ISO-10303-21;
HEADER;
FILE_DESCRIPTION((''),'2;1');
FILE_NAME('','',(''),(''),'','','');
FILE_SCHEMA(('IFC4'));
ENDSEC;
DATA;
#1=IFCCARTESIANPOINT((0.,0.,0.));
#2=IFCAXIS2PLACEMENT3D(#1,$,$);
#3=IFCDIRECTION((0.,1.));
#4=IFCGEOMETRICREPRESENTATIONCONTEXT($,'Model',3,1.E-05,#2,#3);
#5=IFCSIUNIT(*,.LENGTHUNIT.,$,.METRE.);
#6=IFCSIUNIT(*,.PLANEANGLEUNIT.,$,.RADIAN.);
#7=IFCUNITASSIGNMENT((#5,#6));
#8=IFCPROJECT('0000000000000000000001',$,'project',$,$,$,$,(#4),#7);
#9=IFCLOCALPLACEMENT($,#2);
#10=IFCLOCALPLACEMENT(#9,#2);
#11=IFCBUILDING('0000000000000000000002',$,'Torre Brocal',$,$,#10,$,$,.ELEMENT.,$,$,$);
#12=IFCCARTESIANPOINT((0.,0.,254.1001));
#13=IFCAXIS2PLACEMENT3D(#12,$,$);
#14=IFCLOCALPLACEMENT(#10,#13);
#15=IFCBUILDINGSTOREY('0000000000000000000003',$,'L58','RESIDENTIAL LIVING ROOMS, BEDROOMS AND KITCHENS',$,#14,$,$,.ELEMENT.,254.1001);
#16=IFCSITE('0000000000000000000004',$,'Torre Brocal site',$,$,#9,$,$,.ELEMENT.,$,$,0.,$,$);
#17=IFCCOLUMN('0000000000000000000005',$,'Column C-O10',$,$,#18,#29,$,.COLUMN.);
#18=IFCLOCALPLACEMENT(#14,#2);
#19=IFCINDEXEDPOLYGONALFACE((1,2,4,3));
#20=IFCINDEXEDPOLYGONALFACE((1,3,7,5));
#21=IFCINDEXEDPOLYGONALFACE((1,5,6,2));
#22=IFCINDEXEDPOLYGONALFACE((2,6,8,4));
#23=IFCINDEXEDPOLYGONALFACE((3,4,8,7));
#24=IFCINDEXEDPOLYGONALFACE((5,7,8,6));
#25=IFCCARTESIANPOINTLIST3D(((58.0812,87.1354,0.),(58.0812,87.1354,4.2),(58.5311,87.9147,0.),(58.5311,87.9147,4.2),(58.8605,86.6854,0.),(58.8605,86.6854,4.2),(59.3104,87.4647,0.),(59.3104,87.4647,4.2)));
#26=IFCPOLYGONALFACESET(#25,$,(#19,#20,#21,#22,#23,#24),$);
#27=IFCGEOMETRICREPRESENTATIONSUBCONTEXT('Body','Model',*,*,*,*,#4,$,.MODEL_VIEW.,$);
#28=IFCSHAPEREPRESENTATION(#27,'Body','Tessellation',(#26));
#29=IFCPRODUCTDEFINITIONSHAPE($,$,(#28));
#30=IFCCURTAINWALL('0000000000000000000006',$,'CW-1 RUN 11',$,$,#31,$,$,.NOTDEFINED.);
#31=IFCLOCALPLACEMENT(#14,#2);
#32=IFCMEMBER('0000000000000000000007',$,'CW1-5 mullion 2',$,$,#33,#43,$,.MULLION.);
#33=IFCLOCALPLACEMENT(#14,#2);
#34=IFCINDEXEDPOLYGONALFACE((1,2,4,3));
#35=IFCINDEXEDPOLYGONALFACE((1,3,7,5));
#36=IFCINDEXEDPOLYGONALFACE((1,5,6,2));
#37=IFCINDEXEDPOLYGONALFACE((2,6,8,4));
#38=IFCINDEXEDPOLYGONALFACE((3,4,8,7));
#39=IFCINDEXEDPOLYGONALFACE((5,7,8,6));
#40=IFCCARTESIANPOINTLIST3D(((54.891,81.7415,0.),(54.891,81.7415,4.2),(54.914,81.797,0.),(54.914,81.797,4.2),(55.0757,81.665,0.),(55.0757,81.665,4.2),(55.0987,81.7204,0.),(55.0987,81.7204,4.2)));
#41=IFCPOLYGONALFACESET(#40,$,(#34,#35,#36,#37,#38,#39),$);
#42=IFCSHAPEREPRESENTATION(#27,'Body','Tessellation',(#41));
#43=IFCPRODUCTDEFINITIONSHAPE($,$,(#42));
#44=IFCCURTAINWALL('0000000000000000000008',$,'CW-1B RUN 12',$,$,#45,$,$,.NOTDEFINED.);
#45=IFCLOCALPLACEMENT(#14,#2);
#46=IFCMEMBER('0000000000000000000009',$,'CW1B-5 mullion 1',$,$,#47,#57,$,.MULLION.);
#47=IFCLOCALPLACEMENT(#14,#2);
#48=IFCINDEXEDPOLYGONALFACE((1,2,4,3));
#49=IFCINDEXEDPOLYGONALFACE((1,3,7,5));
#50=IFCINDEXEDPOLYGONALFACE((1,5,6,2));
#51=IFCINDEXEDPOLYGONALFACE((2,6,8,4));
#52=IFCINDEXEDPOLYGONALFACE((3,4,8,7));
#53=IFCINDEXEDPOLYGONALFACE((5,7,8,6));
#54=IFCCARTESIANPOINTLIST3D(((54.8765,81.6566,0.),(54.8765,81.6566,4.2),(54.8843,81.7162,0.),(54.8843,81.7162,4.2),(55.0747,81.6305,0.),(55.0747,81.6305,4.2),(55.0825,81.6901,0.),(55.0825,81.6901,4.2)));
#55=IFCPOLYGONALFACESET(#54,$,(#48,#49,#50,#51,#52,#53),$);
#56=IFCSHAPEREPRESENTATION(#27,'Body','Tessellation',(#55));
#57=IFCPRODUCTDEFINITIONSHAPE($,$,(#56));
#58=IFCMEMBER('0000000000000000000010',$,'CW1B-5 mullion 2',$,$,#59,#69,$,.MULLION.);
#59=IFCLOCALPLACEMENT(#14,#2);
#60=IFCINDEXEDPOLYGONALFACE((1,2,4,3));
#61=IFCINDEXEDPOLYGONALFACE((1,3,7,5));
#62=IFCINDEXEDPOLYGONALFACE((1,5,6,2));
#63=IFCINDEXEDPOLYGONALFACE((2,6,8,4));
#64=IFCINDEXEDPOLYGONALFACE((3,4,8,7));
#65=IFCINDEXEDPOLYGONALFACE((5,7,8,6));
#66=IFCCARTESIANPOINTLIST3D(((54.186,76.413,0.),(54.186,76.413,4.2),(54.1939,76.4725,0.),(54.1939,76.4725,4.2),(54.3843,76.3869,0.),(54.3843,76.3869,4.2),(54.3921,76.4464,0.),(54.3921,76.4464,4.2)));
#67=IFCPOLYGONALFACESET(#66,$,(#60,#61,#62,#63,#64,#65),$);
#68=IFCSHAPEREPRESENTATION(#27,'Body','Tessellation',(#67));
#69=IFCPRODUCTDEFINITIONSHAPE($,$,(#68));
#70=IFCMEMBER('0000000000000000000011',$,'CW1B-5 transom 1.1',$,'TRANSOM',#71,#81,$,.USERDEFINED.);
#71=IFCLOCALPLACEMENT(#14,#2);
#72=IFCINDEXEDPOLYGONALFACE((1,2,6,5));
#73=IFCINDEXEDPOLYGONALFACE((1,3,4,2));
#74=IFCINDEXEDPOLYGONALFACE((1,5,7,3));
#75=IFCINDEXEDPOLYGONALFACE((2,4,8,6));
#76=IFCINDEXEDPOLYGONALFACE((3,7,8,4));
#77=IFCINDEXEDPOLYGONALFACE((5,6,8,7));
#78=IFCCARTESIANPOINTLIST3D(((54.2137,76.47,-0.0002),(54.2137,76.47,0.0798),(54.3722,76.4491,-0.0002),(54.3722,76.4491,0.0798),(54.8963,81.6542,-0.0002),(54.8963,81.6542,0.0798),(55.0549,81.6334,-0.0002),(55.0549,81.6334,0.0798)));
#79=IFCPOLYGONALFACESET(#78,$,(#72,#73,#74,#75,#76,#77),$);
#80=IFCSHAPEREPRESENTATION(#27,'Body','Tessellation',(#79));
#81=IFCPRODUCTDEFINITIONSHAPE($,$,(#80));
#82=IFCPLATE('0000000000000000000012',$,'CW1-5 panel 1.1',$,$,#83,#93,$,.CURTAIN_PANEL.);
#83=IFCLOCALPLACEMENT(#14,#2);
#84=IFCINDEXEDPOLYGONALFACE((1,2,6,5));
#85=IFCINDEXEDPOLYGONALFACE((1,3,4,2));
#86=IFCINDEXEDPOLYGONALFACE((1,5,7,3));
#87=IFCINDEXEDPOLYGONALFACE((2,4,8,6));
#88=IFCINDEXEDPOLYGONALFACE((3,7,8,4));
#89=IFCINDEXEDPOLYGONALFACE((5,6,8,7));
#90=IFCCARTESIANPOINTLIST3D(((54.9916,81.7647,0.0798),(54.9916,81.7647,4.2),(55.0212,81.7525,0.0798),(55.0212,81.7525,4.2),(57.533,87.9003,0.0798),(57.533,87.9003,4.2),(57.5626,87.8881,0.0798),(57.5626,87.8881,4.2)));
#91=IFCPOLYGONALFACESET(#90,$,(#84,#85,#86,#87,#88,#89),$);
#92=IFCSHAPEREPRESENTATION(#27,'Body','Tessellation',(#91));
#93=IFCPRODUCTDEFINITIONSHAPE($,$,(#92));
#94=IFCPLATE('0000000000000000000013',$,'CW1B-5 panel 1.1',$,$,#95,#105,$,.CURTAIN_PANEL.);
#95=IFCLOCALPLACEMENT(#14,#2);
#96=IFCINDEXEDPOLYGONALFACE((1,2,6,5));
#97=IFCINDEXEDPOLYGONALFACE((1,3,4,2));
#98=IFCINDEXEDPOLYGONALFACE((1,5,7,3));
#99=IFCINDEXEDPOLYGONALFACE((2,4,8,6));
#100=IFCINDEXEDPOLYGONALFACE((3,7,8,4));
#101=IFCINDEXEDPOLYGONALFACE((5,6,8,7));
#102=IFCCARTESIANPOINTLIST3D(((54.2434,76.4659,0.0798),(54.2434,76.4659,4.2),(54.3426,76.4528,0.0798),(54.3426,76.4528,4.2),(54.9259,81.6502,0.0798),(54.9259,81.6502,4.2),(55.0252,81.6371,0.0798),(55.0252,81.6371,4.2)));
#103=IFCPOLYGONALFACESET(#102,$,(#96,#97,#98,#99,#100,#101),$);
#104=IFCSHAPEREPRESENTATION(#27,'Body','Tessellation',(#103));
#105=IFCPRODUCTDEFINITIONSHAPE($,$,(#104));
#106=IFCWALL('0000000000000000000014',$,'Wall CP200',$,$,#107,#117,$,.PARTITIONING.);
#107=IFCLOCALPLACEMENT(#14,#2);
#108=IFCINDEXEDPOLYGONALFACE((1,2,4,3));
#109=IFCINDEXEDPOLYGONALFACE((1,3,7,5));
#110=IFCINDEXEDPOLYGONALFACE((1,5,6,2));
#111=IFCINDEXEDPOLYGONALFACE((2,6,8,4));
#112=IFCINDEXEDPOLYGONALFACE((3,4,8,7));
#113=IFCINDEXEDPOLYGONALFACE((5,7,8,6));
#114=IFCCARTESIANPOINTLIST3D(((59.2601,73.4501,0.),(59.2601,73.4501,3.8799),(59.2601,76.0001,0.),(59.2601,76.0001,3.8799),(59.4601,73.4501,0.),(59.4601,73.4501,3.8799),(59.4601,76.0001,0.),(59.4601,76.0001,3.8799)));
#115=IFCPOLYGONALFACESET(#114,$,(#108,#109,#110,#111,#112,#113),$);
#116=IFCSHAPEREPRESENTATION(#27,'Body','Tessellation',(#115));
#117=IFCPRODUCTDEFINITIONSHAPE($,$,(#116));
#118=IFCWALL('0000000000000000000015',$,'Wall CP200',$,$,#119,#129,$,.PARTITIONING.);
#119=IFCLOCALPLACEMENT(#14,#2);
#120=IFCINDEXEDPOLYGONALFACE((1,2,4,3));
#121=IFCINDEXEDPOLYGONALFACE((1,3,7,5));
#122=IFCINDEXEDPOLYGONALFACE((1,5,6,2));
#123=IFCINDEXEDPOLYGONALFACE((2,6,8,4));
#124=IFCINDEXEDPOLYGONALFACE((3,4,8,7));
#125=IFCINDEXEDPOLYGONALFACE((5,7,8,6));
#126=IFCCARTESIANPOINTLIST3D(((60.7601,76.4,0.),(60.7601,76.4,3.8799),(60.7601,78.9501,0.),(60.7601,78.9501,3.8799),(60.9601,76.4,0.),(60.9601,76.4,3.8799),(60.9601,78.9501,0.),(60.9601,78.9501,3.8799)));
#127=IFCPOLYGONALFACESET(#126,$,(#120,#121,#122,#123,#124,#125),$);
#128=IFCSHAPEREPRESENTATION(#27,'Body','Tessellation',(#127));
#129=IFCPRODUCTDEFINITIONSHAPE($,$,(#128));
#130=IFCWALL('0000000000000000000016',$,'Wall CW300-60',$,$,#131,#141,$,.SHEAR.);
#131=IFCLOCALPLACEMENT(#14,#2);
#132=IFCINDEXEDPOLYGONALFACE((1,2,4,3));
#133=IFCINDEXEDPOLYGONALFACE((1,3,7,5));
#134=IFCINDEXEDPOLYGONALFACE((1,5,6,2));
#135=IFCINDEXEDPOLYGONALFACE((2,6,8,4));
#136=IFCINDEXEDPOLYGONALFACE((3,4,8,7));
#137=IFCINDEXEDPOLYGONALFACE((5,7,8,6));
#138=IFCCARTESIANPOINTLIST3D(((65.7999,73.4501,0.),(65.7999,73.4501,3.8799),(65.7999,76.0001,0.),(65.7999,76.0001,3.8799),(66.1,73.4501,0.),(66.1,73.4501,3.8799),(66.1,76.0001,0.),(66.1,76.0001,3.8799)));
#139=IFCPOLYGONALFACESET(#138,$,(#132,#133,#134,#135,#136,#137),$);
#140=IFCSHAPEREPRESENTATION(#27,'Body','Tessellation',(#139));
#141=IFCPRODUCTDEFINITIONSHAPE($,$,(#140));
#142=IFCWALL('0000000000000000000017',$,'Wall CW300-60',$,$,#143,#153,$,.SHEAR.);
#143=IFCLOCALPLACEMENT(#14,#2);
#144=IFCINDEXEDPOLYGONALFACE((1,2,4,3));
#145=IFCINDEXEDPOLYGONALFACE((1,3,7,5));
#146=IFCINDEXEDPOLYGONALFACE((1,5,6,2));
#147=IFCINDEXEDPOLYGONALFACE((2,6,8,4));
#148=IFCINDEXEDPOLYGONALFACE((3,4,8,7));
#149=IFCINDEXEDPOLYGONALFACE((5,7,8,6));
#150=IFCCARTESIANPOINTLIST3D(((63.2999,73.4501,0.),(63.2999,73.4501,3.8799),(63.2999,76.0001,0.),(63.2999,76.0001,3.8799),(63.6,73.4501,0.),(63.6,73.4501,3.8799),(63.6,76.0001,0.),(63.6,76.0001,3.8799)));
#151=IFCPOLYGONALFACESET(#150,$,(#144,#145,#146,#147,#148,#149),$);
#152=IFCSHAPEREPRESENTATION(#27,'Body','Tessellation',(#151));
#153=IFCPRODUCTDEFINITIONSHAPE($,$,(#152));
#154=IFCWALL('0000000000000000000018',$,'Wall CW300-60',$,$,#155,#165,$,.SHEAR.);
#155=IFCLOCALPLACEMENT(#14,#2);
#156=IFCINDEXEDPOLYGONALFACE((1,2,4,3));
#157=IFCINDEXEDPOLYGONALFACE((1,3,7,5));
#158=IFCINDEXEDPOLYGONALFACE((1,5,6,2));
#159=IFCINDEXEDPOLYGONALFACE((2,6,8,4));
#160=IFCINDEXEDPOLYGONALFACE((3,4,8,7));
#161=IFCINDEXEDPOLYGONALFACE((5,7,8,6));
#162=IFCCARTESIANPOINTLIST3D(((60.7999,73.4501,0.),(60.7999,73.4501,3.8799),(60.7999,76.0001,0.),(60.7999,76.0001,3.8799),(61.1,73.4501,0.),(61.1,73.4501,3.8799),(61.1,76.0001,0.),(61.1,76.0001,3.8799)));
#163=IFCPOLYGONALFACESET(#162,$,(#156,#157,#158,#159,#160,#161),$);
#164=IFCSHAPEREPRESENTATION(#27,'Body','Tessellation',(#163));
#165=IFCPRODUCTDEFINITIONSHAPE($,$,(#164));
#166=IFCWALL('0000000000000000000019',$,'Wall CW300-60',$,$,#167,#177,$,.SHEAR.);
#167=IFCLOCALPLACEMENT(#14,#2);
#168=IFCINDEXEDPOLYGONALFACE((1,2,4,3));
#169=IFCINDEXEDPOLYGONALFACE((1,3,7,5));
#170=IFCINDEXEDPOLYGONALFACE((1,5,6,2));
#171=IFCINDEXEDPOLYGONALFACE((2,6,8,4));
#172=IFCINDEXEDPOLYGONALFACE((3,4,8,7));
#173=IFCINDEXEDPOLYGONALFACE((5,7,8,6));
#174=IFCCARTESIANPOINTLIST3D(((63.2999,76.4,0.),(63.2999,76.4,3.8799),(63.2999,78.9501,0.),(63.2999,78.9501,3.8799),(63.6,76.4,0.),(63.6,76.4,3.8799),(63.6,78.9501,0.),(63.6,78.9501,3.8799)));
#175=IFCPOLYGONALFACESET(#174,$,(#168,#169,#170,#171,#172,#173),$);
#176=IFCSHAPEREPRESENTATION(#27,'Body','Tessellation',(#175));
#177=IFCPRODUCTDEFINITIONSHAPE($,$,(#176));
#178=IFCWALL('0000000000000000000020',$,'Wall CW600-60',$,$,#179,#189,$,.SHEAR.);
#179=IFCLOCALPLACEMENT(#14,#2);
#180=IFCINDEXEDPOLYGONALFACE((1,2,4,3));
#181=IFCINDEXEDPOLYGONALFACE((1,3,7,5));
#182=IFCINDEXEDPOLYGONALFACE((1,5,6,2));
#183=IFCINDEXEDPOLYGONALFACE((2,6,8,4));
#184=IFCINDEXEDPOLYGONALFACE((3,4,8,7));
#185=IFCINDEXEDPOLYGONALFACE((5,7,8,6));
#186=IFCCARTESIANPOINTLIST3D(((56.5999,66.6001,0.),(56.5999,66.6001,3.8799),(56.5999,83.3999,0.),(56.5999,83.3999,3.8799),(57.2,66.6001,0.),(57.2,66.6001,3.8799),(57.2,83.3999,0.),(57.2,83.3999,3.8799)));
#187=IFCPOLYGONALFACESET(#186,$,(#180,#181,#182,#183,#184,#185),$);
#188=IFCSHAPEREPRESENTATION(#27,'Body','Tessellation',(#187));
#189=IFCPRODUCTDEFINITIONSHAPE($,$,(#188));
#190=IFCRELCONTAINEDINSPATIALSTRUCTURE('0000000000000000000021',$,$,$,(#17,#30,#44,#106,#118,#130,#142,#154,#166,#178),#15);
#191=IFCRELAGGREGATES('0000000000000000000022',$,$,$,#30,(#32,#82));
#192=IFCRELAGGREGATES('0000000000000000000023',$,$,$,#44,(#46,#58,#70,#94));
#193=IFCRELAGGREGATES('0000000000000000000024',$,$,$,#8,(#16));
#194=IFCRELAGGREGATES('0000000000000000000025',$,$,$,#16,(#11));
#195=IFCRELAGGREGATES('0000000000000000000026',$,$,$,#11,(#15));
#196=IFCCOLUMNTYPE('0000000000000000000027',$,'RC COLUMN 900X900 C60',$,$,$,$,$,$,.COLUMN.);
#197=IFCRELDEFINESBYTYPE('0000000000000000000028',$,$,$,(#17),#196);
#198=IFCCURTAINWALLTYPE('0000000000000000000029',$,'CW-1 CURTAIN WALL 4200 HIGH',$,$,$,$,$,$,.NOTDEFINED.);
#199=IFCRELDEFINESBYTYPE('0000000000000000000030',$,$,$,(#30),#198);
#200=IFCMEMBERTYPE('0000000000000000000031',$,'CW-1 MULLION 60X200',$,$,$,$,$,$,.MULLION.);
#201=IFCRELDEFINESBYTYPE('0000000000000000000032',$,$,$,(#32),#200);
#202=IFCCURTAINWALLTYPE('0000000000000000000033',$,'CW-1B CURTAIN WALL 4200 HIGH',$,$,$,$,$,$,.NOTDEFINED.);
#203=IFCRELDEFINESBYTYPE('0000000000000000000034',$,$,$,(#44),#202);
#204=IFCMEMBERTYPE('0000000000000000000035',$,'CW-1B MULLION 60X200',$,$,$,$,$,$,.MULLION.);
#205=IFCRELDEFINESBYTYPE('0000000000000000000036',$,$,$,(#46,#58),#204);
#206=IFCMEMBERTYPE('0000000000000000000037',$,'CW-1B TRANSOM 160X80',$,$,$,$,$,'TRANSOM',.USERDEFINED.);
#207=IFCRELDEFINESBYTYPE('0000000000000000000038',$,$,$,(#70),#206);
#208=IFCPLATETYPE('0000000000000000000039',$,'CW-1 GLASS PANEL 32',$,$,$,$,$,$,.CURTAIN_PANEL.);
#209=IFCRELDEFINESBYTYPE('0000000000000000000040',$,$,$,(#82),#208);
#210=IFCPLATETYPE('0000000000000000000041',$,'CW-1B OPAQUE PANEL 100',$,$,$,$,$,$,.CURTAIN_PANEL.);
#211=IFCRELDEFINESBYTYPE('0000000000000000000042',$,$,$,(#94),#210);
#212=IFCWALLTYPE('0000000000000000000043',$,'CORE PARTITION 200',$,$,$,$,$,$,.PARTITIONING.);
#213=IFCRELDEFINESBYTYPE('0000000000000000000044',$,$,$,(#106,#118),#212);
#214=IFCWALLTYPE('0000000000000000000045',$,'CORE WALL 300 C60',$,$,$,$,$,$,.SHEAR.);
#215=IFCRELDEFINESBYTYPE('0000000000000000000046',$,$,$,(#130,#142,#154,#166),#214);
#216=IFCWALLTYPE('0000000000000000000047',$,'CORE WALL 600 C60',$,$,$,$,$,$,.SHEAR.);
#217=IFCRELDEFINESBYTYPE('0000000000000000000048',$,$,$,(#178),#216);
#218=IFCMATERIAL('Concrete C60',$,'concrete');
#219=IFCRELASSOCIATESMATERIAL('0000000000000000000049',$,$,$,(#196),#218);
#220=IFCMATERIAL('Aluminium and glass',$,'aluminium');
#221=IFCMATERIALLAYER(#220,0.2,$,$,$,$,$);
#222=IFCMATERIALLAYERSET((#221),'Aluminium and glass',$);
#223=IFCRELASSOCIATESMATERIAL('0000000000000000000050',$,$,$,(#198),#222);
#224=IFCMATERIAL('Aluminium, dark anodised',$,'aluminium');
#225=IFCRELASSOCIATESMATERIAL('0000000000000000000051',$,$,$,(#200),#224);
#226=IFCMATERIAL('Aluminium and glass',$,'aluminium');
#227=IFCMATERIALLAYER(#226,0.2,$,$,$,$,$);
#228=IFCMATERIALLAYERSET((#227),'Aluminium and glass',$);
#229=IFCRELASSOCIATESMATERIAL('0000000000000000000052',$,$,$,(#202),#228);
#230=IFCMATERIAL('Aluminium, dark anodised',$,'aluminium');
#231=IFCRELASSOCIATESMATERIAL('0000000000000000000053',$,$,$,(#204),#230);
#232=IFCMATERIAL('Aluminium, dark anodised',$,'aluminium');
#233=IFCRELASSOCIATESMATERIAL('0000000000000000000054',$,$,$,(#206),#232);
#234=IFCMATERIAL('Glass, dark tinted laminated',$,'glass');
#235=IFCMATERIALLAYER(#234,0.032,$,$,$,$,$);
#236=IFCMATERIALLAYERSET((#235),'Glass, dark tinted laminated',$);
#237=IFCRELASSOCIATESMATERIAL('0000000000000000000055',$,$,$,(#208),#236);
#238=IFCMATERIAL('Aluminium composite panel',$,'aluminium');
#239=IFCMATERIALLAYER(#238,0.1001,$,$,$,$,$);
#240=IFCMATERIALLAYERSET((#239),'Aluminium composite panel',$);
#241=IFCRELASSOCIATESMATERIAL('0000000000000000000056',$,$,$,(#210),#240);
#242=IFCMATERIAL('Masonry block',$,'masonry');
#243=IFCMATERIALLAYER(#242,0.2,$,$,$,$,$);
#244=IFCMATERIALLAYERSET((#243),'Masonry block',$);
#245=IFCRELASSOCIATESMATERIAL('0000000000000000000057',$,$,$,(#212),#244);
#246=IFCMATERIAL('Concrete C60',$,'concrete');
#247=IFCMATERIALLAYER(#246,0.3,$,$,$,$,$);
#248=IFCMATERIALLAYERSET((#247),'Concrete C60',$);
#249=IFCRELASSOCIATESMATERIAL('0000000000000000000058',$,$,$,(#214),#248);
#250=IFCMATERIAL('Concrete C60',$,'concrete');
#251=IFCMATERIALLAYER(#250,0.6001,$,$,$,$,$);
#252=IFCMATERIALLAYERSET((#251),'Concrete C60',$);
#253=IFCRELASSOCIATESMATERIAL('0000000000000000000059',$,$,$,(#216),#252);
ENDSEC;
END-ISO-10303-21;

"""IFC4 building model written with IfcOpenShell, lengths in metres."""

from ifc_helpers import new_model, si_unit, direction, frame, frame_2d, origin, origin_2d, place, context, subcontext, project, spatial, rectangle, extrude, material, layer, layer_set, material_profile, profile_set, type_object, element, aggregate, save


model = new_model("IFC4")

# Units and contexts
model_context = context("Model", 3, precision=1e-05, world=origin(), true_north=direction((0.0, 1.0)))
body_context = subcontext(model_context, "Body", "Model", "MODEL_VIEW")
ifc_project = project(units=[si_unit("LENGTHUNIT", "METRE"), si_unit("PLANEANGLEUNIT", "RADIAN")], contexts=[model_context])

# Site, building, storey
site_placement = place(None, origin())
site = spatial("IfcSite", under=ifc_project, at=site_placement, Name="Torre Brocal site", CompositionType="ELEMENT", RefElevation=0.0)
building_placement = place(site_placement, origin())
building = spatial("IfcBuilding", under=site, at=building_placement, Name="Torre Brocal", CompositionType="ELEMENT")
storey_placement = place(building_placement, frame((0.0, 0.0, 254.1001)))
storey = spatial("IfcBuildingStorey", under=building, at=storey_placement, Name="L58", Description="RESIDENTIAL LIVING ROOMS, BEDROOMS AND KITCHENS", CompositionType="ELEMENT", Elevation=254.1001)

# Column
ifc_material_1 = material(Name="Concrete C60", Category="concrete")
ifc_material_profile_1 = material_profile(ifc_material_1, rectangle(XDim=0.8999, YDim=0.8999, at=origin_2d()), Name="RC 900X900")
ifc_profile_set_1 = profile_set([ifc_material_profile_1], Name="Concrete C60")
column_type = type_object("IfcColumnType", Name="RC COLUMN 900X900 C60", PredefinedType="COLUMN", material=ifc_profile_set_1)
column_placement = place(storey_placement, frame((58.6958, 87.3, 0.0), z_axis=(0.0, 0.0, 1.0), x_axis=(-0.866025, 0.5, 0.0)))
element("IfcColumn", 1, at=column_placement, inside=storey, type_object=column_type, Name="Column C-O10", PredefinedType="COLUMN", context=body_context, shape_type="SweptSolid", body=[
    extrude(rectangle(XDim=0.8999, YDim=0.8999, at=origin_2d()), origin(), (0.0, 0.0, 1.0), 4.2),
])

# Curtain wall, member
ifc_material_2 = material(Name="Aluminium and glass", Category="aluminium")
ifc_layer_1 = layer(ifc_material_2, 0.2)
ifc_layer_set_1 = layer_set([ifc_layer_1], Name="Aluminium and glass")
curtain_wall_type_1 = type_object("IfcCurtainWallType", Name="CW-1 CURTAIN WALL 4200 HIGH", PredefinedType="NOTDEFINED", material=ifc_layer_set_1)
curtain_wall_1_placement = place(storey_placement, origin())
curtain_wall_1 = element("IfcCurtainWall", 2, at=curtain_wall_1_placement, inside=storey, type_object=curtain_wall_type_1, Name="CW-1 RUN 11", PredefinedType="NOTDEFINED")
ifc_material_3 = material(Name="Aluminium, dark anodised", Category="aluminium")
ifc_material_profile_2 = material_profile(ifc_material_3, rectangle(XDim=0.2, YDim=0.0601, at=origin_2d()), Name="CW-1 MULLION 60X200")
ifc_profile_set_2 = profile_set([ifc_material_profile_2], Name="Aluminium, dark anodised")
member_type_1 = type_object("IfcMemberType", Name="CW-1 MULLION 60X200", PredefinedType="MULLION", material=ifc_profile_set_2)
member_1_placement = place(storey_placement, frame((54.9949, 81.731, 0.0), z_axis=(0.0, 0.0, 1.0), x_axis=(0.92388, -0.382683, 0.0)))
member_1 = element("IfcMember", 3, at=member_1_placement, type_object=member_type_1, Name="CW1-5 mullion 2", PredefinedType="MULLION", context=body_context, shape_type="SweptSolid", body=[
    extrude(rectangle(XDim=0.2, YDim=0.0601, at=origin_2d()), origin(), (0.0, 0.0, 1.0), 4.2),
])

# Curtain wall, members
ifc_material_4 = material(Name="Aluminium and glass", Category="aluminium")
ifc_layer_2 = layer(ifc_material_4, 0.2)
ifc_layer_set_2 = layer_set([ifc_layer_2], Name="Aluminium and glass")
curtain_wall_type_2 = type_object("IfcCurtainWallType", Name="CW-1B CURTAIN WALL 4200 HIGH", PredefinedType="NOTDEFINED", material=ifc_layer_set_2)
curtain_wall_2_placement = place(storey_placement, origin())
curtain_wall_2 = element("IfcCurtainWall", 4, at=curtain_wall_2_placement, inside=storey, type_object=curtain_wall_type_2, Name="CW-1B RUN 12", PredefinedType="NOTDEFINED")
ifc_material_5 = material(Name="Aluminium, dark anodised", Category="aluminium")
ifc_material_profile_3 = material_profile(ifc_material_5, rectangle(XDim=0.2, YDim=0.0601, at=origin_2d()), Name="CW-1B MULLION 60X200")
ifc_profile_set_3 = profile_set([ifc_material_profile_3], Name="Aluminium, dark anodised")
member_type_2 = type_object("IfcMemberType", Name="CW-1B MULLION 60X200", PredefinedType="MULLION", material=ifc_profile_set_3)
member_2_placement = place(storey_placement, frame((54.9795, 81.6733, 0.0), z_axis=(0.0, 0.0, 1.0), x_axis=(0.991445, -0.130526, 0.0)))
member_2 = element("IfcMember", 5, at=member_2_placement, type_object=member_type_2, Name="CW1B-5 mullion 1", PredefinedType="MULLION", context=body_context, shape_type="SweptSolid", body=[
    extrude(rectangle(XDim=0.2, YDim=0.0601, at=origin_2d()), origin(), (0.0, 0.0, 1.0), 4.2),
])
member_3_placement = place(storey_placement, frame((54.2891, 76.4297, 0.0), z_axis=(0.0, 0.0, 1.0), x_axis=(0.991445, -0.130526, 0.0)))
member_3 = element("IfcMember", 6, at=member_3_placement, type_object=member_type_2, Name="CW1B-5 mullion 2", PredefinedType="MULLION", context=body_context, shape_type="SweptSolid", body=[
    extrude(rectangle(XDim=0.2, YDim=0.0601, at=origin_2d()), origin(), (0.0, 0.0, 1.0), 4.2),
])
ifc_material_6 = material(Name="Aluminium, dark anodised", Category="aluminium")
ifc_material_profile_4 = material_profile(ifc_material_6, rectangle(XDim=0.1599, YDim=0.0801, at=origin_2d()), Name="CW-1B TRANSOM 160X80")
ifc_profile_set_4 = profile_set([ifc_material_profile_4], Name="Aluminium, dark anodised")
member_type_3 = type_object("IfcMemberType", Name="CW-1B TRANSOM 160X80", ElementType="TRANSOM", PredefinedType="USERDEFINED", material=ifc_profile_set_4)
member_4_placement = place(storey_placement, frame((54.9756, 81.6438, 0.0398), z_axis=(-0.130543, -0.991443, 0.0), x_axis=(0.991443, -0.130543, 0.0)))
member_4 = element("IfcMember", 7, at=member_4_placement, type_object=member_type_3, Name="CW1B-5 transom 1.1", ObjectType="TRANSOM", PredefinedType="USERDEFINED", context=body_context, shape_type="SweptSolid", body=[
    extrude(rectangle(XDim=0.1599, YDim=0.0801, at=origin_2d()), origin(), (0.0, 0.0, 1.0), 5.229),
])

# Plates
ifc_material_7 = material(Name="Glass, dark tinted laminated", Category="glass")
ifc_layer_3 = layer(ifc_material_7, 0.032)
ifc_layer_set_3 = layer_set([ifc_layer_3], Name="Glass, dark tinted laminated")
plate_type_1 = type_object("IfcPlateType", Name="CW-1 GLASS PANEL 32", PredefinedType="CURTAIN_PANEL", material=ifc_layer_set_3)
plate_1_placement = place(storey_placement, frame((56.2771, 84.8264, 0.0798), z_axis=(0.0, 0.0, 1.0), x_axis=(-0.382683, -0.92388, 0.0)))
plate_1 = element("IfcPlate", 8, at=plate_1_placement, type_object=plate_type_1, Name="CW1-5 panel 1.1", PredefinedType="CURTAIN_PANEL", context=body_context, shape_type="SweptSolid", body=[
    extrude(rectangle(XDim=6.6411, YDim=0.032, at=origin_2d()), origin(), (0.0, 0.0, 1.0), 4.1201),
])
aggregate(curtain_wall_1, [member_1, plate_1])
ifc_material_8 = material(Name="Aluminium composite panel", Category="aluminium")
ifc_layer_4 = layer(ifc_material_8, 0.1001)
ifc_layer_set_4 = layer_set([ifc_layer_4], Name="Aluminium composite panel")
plate_type_2 = type_object("IfcPlateType", Name="CW-1B OPAQUE PANEL 100", PredefinedType="CURTAIN_PANEL", material=ifc_layer_set_4)
plate_2_placement = place(storey_placement, frame((54.6343, 79.0515, 0.0798), z_axis=(0.0, 0.0, 1.0), x_axis=(-0.130526, -0.991445, 0.0)))
plate_2 = element("IfcPlate", 9, at=plate_2_placement, type_object=plate_type_2, Name="CW1B-5 panel 1.1", PredefinedType="CURTAIN_PANEL", context=body_context, shape_type="SweptSolid", body=[
    extrude(rectangle(XDim=5.229, YDim=0.1001, at=origin_2d()), origin(), (0.0, 0.0, 1.0), 4.1201),
])
aggregate(curtain_wall_2, [member_2, member_3, member_4, plate_2])

# Walls
ifc_material_9 = material(Name="Masonry block", Category="masonry")
ifc_layer_5 = layer(ifc_material_9, 0.2)
ifc_layer_set_5 = layer_set([ifc_layer_5], Name="Masonry block")
wall_type_1 = type_object("IfcWallType", Name="CORE PARTITION 200", PredefinedType="PARTITIONING", material=ifc_layer_set_5)
for number, where, z_axis, x_axis, name in (
    (10, (59.3601, 76.0, 0.0), (0.0, 0.0, 1.0), (0.0, -1.0, 0.0), "Wall CP200"),
    (11, (60.8601, 78.95, 0.0), (0.0, 0.0, 1.0), (0.0, -1.0, 0.0), "Wall CP200"),
):
    element("IfcWall", number, at=place(storey_placement, frame(where, z_axis=z_axis, x_axis=x_axis)), inside=storey, type_object=wall_type_1, Name=name, PredefinedType="PARTITIONING", context=body_context, shape_type="SweptSolid", body=[
        extrude(rectangle(XDim=2.55, YDim=0.2, at=frame_2d((1.2749, 0.0))), origin(), (0.0, 0.0, 1.0), 3.8799),
    ])
ifc_material_10 = material(Name="Concrete C60", Category="concrete")
ifc_layer_6 = layer(ifc_material_10, 0.3)
ifc_layer_set_6 = layer_set([ifc_layer_6], Name="Concrete C60")
wall_type_2 = type_object("IfcWallType", Name="CORE WALL 300 C60", PredefinedType="SHEAR", material=ifc_layer_set_6)
for number, where, z_axis, x_axis, name in (
    (12, (65.95, 76.0, 0.0), (0.0, 0.0, 1.0), (0.0, -1.0, 0.0), "Wall CW300-60"),
    (13, (63.45, 76.0, 0.0), (0.0, 0.0, 1.0), (0.0, -1.0, 0.0), "Wall CW300-60"),
    (14, (60.95, 76.0, 0.0), (0.0, 0.0, 1.0), (0.0, -1.0, 0.0), "Wall CW300-60"),
    (15, (63.45, 78.95, 0.0), (0.0, 0.0, 1.0), (0.0, -1.0, 0.0), "Wall CW300-60"),
):
    element("IfcWall", number, at=place(storey_placement, frame(where, z_axis=z_axis, x_axis=x_axis)), inside=storey, type_object=wall_type_2, Name=name, PredefinedType="SHEAR", context=body_context, shape_type="SweptSolid", body=[
        extrude(rectangle(XDim=2.55, YDim=0.3, at=frame_2d((1.2749, 0.0))), origin(), (0.0, 0.0, 1.0), 3.8799),
    ])
ifc_material_11 = material(Name="Concrete C60", Category="concrete")
ifc_layer_7 = layer(ifc_material_11, 0.6001)
ifc_layer_set_7 = layer_set([ifc_layer_7], Name="Concrete C60")
wall_type_3 = type_object("IfcWallType", Name="CORE WALL 600 C60", PredefinedType="SHEAR", material=ifc_layer_set_7)
wall_1_placement = place(storey_placement, frame((56.8999, 83.3999, 0.0), z_axis=(0.0, 0.0, 1.0), x_axis=(0.0, -1.0, 0.0)))
element("IfcWall", 16, at=wall_1_placement, inside=storey, type_object=wall_type_3, Name="Wall CW600-60", PredefinedType="SHEAR", context=body_context, shape_type="SweptSolid", body=[
    extrude(rectangle(XDim=16.7998, YDim=0.6001, at=frame_2d((8.3999, 0.0))), origin(), (0.0, 0.0, 1.0), 3.8799),
])

save(model, "model.ifc")
